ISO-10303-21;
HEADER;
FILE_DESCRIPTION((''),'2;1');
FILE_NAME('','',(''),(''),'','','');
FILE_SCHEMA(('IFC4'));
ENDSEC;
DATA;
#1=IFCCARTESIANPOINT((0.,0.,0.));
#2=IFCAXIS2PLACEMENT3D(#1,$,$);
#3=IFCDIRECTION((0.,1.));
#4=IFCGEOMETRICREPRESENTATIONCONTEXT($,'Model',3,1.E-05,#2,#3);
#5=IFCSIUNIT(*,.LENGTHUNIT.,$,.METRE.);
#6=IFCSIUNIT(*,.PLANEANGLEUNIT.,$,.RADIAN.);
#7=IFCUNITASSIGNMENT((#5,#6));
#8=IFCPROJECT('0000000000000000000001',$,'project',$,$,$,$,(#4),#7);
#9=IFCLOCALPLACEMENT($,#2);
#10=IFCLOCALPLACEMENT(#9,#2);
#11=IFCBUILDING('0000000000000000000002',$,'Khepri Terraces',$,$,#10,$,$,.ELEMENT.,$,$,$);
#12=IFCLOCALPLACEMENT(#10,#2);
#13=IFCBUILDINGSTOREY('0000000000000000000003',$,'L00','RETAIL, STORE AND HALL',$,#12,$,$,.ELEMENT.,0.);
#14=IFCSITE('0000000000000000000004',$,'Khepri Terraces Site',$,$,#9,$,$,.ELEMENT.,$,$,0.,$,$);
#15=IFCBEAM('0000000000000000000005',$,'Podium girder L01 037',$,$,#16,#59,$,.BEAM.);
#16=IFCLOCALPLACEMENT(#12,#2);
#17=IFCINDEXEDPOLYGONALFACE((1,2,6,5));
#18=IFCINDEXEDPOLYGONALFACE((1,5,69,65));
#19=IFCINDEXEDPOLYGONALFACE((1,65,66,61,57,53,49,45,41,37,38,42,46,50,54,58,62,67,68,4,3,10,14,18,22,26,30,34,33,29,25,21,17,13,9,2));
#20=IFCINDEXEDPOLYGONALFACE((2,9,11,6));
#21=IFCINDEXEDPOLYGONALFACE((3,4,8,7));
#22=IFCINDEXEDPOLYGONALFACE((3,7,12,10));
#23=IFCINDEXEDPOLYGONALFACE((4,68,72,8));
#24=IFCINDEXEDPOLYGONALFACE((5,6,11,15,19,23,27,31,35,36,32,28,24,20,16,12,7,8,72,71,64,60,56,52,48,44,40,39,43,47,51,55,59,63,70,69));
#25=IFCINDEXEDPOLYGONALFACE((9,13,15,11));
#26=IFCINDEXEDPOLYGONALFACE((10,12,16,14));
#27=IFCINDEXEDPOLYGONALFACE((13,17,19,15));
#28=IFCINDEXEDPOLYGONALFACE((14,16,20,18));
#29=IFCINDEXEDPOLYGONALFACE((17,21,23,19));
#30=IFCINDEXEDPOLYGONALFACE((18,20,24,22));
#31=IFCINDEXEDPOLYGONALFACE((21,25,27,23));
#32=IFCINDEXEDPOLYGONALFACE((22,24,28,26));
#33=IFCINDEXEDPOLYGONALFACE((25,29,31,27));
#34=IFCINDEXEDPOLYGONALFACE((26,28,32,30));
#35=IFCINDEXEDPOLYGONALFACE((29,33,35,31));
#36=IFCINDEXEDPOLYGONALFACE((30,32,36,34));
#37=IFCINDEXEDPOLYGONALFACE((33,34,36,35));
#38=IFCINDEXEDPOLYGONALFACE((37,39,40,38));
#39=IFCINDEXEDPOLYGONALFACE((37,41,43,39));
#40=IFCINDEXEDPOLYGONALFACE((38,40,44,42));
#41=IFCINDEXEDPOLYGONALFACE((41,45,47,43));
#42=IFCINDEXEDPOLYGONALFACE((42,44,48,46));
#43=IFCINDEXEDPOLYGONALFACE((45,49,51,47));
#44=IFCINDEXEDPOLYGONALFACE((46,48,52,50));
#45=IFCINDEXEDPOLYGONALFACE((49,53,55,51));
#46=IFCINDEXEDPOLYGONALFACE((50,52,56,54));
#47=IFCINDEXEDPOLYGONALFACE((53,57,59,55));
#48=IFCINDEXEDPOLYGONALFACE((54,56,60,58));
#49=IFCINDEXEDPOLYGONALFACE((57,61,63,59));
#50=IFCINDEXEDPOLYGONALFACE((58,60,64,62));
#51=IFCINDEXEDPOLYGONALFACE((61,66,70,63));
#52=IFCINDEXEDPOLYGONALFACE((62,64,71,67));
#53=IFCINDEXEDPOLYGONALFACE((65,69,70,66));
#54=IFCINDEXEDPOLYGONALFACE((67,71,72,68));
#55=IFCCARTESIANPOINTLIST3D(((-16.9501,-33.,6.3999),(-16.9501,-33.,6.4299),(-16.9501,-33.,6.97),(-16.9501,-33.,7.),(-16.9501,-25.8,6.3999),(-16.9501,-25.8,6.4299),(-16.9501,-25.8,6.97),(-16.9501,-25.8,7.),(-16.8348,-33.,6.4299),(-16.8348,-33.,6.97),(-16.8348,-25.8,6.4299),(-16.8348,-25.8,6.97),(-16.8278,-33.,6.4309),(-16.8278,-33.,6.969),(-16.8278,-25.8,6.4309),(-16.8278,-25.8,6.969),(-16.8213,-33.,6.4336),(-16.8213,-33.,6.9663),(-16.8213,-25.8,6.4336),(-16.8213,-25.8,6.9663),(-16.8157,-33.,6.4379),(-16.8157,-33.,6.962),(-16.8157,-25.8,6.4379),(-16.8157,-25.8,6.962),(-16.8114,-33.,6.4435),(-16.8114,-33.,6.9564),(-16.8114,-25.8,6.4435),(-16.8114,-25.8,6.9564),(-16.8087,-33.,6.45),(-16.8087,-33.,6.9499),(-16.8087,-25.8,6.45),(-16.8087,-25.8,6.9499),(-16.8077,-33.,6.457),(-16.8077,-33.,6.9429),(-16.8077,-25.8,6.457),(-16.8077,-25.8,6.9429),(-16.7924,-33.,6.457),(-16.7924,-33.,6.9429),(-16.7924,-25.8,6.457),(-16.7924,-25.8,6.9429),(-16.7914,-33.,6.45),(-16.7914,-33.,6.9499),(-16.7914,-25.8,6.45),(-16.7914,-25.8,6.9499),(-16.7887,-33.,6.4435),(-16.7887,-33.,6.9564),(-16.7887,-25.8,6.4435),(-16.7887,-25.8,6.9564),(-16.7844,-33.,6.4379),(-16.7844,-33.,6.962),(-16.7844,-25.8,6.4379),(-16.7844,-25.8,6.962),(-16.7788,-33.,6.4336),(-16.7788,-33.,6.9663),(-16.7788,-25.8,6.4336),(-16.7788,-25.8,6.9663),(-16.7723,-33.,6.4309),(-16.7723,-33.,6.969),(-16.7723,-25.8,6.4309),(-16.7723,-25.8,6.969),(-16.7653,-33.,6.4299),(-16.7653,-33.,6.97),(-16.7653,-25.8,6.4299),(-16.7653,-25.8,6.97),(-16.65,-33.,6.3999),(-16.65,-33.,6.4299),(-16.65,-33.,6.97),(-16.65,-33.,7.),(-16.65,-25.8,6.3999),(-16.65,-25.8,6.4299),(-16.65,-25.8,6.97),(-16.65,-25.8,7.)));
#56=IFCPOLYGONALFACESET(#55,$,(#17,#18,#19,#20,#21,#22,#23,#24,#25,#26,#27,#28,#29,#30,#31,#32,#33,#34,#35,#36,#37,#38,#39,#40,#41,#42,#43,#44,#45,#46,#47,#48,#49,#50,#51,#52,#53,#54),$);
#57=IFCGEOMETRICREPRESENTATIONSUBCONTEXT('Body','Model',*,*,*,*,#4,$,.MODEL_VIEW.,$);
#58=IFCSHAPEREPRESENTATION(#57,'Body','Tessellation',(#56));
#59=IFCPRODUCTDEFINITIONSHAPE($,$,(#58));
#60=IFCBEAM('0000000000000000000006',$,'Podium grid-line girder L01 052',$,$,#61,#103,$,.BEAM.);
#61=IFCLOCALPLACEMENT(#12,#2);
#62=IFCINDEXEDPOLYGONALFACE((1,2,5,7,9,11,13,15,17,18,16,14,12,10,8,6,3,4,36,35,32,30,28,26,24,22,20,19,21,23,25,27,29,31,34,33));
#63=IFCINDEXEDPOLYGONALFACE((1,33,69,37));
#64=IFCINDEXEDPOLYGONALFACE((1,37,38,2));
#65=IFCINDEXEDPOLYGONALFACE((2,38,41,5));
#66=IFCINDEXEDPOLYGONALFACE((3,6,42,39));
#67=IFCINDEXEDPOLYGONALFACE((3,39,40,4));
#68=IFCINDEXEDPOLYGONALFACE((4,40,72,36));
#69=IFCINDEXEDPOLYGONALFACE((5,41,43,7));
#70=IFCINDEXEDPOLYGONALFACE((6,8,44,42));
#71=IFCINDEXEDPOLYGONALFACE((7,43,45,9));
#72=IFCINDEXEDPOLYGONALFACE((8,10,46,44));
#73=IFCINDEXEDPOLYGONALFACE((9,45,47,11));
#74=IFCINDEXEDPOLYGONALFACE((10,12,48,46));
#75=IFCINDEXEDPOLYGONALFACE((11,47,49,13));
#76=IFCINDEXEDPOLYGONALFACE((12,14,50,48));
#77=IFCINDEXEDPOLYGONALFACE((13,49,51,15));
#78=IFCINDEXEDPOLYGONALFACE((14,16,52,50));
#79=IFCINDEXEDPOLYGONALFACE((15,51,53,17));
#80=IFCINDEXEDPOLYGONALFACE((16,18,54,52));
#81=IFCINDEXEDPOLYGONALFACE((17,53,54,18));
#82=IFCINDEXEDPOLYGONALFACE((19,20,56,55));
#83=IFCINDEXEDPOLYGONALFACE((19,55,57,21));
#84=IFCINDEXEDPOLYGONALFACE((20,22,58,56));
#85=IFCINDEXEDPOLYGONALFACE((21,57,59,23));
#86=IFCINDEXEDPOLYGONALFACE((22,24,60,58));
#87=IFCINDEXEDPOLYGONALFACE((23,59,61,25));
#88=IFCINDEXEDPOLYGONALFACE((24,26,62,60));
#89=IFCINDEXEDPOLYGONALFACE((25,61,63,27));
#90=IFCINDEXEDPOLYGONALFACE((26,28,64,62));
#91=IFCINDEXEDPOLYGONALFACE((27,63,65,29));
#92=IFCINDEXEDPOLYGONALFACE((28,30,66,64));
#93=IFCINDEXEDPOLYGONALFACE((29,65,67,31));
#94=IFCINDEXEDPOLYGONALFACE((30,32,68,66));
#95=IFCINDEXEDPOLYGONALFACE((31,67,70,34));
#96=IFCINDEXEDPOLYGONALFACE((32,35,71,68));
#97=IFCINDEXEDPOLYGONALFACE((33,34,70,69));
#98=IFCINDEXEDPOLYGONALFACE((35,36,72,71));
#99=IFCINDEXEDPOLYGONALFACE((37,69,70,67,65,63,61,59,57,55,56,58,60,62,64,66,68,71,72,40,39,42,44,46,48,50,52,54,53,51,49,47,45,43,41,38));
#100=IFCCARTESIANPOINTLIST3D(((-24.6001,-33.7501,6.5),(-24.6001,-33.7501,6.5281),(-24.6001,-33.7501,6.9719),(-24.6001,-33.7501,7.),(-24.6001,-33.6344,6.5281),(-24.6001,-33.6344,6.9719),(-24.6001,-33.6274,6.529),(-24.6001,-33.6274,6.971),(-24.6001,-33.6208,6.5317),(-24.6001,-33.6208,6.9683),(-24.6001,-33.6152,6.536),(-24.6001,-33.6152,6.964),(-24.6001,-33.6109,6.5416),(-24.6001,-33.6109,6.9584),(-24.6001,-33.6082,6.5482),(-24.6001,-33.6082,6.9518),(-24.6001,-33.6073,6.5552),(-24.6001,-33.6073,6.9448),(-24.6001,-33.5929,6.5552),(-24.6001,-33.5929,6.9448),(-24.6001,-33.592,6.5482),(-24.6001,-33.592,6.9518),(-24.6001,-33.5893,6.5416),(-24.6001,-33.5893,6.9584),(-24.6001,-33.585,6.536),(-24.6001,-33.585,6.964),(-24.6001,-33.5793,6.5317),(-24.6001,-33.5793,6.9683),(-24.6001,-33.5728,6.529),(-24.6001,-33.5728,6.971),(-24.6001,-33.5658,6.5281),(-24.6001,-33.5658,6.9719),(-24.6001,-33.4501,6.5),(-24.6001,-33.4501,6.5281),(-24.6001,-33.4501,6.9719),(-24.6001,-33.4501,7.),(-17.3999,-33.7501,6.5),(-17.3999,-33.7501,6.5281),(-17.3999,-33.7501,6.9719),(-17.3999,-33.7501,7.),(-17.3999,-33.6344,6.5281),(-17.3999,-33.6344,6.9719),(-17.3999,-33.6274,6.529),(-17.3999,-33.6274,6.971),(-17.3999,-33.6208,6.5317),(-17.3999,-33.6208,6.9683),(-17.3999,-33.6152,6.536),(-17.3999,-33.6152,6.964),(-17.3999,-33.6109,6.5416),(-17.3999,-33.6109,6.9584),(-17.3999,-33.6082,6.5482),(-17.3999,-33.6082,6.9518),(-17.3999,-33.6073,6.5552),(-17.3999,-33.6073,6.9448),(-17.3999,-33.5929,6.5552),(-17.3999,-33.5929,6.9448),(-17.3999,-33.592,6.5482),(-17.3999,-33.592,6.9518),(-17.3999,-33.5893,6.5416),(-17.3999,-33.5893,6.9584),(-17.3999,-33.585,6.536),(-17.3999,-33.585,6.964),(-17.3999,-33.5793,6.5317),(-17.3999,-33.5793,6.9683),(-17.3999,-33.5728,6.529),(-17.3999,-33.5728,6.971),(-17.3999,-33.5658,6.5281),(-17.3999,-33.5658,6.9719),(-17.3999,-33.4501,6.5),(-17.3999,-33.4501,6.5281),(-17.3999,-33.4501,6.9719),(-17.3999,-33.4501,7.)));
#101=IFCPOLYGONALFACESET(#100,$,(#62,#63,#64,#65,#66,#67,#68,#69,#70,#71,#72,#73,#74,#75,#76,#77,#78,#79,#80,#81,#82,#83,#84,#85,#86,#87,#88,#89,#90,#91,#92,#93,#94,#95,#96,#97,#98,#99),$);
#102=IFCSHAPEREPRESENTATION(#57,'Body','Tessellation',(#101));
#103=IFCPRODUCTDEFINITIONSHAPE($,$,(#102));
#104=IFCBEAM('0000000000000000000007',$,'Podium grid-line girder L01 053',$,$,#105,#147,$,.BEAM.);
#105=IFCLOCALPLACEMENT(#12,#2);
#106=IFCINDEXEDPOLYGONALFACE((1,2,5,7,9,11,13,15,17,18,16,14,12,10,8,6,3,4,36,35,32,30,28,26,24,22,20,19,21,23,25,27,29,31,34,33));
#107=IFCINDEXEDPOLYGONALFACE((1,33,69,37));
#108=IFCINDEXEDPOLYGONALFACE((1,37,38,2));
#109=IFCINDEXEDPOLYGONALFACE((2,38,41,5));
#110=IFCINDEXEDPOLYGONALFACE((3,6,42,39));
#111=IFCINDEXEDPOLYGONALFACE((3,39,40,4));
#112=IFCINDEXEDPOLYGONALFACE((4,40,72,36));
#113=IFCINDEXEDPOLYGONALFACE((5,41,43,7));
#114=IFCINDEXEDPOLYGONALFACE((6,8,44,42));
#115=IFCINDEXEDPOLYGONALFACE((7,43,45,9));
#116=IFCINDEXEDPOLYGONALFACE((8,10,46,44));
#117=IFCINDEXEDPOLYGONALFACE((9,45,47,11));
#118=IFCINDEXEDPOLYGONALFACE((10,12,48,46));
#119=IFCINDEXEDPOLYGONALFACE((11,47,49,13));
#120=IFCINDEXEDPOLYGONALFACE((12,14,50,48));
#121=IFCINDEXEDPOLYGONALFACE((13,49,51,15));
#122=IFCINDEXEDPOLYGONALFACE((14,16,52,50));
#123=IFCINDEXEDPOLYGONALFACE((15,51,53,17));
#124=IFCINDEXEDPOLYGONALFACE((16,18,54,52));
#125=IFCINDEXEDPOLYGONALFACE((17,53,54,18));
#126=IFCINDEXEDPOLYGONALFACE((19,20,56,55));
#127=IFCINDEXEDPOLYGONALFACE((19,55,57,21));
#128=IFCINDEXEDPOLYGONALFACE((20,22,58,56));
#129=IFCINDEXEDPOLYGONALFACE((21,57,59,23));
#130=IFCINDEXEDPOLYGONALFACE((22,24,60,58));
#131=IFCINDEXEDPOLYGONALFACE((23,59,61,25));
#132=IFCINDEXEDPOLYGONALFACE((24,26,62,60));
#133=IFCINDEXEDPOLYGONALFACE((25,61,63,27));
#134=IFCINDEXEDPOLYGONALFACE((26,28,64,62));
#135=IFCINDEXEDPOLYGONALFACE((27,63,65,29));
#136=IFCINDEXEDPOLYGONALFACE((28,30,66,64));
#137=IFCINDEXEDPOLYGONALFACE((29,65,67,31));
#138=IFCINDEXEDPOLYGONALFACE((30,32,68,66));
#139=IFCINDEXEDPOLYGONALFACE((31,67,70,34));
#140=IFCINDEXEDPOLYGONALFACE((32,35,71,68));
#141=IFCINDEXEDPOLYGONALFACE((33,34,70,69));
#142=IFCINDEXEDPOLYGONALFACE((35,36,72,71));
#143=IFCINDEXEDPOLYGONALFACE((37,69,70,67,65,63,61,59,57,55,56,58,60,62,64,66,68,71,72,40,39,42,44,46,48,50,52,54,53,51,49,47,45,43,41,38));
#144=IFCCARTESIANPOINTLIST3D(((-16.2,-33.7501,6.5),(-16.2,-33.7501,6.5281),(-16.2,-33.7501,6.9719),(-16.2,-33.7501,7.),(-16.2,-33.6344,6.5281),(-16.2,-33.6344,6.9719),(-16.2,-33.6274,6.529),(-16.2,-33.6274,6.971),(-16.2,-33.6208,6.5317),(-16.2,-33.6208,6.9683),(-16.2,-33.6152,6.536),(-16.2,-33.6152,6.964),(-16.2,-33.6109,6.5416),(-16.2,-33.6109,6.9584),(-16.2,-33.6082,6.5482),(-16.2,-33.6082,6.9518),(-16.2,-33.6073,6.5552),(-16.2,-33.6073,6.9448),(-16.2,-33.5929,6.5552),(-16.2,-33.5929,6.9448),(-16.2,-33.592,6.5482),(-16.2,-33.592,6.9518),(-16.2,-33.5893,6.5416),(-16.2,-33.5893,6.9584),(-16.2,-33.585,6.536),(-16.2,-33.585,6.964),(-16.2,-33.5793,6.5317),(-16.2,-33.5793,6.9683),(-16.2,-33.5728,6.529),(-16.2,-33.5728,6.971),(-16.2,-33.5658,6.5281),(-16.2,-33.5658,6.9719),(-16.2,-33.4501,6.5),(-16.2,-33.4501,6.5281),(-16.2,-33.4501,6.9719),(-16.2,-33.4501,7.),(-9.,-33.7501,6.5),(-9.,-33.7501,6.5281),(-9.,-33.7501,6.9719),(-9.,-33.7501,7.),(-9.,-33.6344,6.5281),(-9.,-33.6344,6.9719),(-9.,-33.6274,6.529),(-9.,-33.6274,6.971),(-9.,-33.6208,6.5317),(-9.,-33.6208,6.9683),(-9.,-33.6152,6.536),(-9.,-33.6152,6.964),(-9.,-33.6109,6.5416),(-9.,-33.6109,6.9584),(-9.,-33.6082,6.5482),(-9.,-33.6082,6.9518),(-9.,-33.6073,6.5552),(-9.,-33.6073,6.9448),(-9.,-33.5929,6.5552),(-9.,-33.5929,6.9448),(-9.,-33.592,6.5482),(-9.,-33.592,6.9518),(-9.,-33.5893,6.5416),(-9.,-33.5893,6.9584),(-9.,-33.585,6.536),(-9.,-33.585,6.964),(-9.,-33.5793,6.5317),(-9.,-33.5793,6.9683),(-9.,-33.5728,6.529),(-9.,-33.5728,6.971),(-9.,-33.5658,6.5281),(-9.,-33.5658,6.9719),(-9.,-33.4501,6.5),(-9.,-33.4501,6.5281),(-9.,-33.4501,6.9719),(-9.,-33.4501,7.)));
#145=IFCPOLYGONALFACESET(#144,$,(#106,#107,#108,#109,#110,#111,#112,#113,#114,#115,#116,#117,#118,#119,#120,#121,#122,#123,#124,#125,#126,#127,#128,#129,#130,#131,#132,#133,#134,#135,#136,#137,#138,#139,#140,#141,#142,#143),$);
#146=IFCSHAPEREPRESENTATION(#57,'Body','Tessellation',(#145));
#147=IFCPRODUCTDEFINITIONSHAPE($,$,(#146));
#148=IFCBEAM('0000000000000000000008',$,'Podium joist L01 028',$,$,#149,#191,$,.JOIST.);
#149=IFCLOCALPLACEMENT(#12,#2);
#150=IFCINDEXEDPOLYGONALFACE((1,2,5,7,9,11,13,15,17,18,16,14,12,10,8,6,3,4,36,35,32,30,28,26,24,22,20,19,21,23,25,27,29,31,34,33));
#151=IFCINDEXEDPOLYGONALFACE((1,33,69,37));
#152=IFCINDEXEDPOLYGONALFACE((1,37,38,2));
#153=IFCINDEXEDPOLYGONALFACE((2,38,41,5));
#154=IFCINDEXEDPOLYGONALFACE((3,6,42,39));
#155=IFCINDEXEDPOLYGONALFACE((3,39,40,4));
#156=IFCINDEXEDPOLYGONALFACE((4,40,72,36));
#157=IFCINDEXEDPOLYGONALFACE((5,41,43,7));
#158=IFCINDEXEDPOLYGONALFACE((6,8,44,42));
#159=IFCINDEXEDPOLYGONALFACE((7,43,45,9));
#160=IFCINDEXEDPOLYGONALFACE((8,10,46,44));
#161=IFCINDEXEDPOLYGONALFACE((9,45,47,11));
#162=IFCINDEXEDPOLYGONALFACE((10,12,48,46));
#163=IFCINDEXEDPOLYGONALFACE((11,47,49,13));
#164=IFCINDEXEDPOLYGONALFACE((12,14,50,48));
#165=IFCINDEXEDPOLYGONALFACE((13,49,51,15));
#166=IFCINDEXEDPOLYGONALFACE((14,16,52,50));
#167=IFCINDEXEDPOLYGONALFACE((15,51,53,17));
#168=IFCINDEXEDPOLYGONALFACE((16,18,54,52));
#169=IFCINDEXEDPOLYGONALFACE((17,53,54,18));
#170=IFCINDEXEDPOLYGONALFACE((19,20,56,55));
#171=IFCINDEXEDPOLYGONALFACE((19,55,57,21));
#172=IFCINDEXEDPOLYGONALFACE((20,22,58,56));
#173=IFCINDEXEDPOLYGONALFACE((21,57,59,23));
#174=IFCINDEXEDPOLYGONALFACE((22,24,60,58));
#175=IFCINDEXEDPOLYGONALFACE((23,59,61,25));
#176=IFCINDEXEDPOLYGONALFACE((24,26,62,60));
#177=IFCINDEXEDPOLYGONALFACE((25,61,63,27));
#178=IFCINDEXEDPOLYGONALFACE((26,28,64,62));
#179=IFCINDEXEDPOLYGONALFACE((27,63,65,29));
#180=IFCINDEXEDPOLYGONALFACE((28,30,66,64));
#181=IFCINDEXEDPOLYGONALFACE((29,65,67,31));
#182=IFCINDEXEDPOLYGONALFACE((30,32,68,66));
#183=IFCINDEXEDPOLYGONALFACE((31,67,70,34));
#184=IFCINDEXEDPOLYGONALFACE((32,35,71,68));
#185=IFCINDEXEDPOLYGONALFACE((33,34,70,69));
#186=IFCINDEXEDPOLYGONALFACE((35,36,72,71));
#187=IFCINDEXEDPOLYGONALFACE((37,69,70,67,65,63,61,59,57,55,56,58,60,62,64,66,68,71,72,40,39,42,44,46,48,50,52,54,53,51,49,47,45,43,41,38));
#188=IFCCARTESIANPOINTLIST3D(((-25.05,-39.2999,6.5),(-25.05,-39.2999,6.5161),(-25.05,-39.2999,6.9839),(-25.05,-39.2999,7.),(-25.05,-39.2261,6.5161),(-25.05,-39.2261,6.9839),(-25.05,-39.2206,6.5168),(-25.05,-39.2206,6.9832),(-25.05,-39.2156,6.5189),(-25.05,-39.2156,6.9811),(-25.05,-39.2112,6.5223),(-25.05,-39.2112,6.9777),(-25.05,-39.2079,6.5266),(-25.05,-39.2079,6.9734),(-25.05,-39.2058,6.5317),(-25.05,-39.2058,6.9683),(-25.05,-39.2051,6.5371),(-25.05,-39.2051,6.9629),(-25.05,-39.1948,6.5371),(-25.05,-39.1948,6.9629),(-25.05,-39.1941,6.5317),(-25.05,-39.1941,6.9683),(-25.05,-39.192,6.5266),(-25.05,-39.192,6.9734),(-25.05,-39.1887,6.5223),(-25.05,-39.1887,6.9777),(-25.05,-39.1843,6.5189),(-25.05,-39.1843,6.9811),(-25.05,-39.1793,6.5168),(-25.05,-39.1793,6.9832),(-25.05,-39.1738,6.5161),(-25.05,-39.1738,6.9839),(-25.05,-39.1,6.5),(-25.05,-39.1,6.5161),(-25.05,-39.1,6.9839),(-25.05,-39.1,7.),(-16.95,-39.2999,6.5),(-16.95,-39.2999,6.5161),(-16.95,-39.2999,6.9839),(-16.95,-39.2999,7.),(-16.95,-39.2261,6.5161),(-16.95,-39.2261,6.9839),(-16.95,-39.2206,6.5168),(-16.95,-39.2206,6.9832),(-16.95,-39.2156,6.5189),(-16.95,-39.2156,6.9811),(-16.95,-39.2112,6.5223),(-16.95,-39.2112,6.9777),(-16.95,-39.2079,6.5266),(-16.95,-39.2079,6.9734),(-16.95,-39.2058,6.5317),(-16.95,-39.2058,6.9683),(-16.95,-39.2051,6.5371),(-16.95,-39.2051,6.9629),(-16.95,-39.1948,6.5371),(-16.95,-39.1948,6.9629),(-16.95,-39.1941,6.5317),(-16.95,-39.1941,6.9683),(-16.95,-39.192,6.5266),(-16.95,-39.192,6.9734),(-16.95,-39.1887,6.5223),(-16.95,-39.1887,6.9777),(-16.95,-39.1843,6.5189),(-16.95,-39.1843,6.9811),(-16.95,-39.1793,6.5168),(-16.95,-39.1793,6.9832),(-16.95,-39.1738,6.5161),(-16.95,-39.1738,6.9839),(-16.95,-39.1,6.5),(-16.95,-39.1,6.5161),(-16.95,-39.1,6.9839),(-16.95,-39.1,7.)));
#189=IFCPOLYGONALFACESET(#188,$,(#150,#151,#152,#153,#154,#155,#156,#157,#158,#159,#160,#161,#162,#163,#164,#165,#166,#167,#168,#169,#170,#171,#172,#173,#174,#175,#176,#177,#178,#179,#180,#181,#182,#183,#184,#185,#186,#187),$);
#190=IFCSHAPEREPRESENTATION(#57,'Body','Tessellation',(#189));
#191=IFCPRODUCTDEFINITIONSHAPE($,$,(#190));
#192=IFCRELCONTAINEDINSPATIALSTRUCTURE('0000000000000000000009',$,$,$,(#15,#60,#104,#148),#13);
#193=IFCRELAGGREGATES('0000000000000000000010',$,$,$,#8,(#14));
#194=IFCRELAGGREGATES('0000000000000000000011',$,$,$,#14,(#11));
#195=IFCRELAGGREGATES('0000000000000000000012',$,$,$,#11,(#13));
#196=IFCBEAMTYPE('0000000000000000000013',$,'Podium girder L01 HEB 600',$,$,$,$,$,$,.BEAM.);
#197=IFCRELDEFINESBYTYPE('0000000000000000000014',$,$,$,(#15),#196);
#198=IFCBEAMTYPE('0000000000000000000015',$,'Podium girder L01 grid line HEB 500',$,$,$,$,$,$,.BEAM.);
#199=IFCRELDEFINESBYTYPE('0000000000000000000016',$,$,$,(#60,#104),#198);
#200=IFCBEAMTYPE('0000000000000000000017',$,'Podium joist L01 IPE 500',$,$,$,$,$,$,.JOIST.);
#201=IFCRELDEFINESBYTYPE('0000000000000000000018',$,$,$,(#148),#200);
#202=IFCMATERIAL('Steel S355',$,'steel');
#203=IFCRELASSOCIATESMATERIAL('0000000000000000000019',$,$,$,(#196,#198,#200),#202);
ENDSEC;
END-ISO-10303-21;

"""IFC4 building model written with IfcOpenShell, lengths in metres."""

from ifc_helpers import new_model, si_unit, direction, frame, origin, origin_2d, place, context, subcontext, project, spatial, i_section, extrude, material, material_profile, profile_set, type_object, element, save


model = new_model("IFC4")

# Units and contexts
model_context = context("Model", 3, precision=1e-05, world=origin(), true_north=direction((0.0, 1.0)))
body_context = subcontext(model_context, "Body", "Model", "MODEL_VIEW")
ifc_project = project(units=[si_unit("LENGTHUNIT", "METRE"), si_unit("PLANEANGLEUNIT", "RADIAN")], contexts=[model_context])

# Site, building, storey
site_placement = place(None, origin())
site = spatial("IfcSite", under=ifc_project, at=site_placement, Name="Khepri Terraces Site", CompositionType="ELEMENT", RefElevation=0.0)
building_placement = place(site_placement, origin())
building = spatial("IfcBuilding", under=site, at=building_placement, Name="Khepri Terraces", CompositionType="ELEMENT")
storey_placement = place(building_placement, origin())
storey = spatial("IfcBuildingStorey", under=building, at=storey_placement, Name="L00", Description="RETAIL, STORE AND HALL", CompositionType="ELEMENT", Elevation=0.0)

# Beams
ifc_material_1 = material(Name="Steel S355", Category="steel")
ifc_material_profile_1 = material_profile(ifc_material_1, i_section(OverallWidth=0.3, OverallDepth=0.6001, WebThickness=0.0154, FlangeThickness=0.03, FilletRadius=0.0271, at=origin_2d()), Name="Steel S355", Category="steel")
ifc_profile_set_1 = profile_set([ifc_material_profile_1], Name="Steel S355")
beam_type_1 = type_object("IfcBeamType", Name="Podium girder L01 HEB 600", PredefinedType="BEAM", material=ifc_profile_set_1)
for number, where, z_axis, x_axis, name in (
    (1, (-16.8, -33.0, 6.7), (0.0, 1.0, 0.0), (-1.0, 0.0, 0.0), "Podium girder L01 037"),
):
    element("IfcBeam", number, at=place(storey_placement, frame(where, z_axis=z_axis, x_axis=x_axis)), inside=storey, type_object=beam_type_1, Name=name, PredefinedType="BEAM", context=body_context, shape_type="SweptSolid", body=[
        extrude(i_section(OverallWidth=0.3, OverallDepth=0.6001, WebThickness=0.0154, FlangeThickness=0.03, FilletRadius=0.0271, at=origin_2d()), origin(), (0.0, 0.0, 1.0), 7.2),
    ])
ifc_material_profile_2 = material_profile(ifc_material_1, i_section(OverallWidth=0.3, OverallDepth=0.5, WebThickness=0.0144, FlangeThickness=0.0281, FilletRadius=0.0271, at=origin_2d()), Name="Steel S355", Category="steel")
ifc_profile_set_2 = profile_set([ifc_material_profile_2], Name="Steel S355")
beam_type_2 = type_object("IfcBeamType", Name="Podium girder L01 grid line HEB 500", PredefinedType="BEAM", material=ifc_profile_set_2)
beam_1_placement = place(storey_placement, frame((-24.6001, -33.6001, 6.75), z_axis=(1.0, 0.0, 0.0), x_axis=(0.0, 1.0, 0.0)))
element("IfcBeam", 2, at=beam_1_placement, inside=storey, type_object=beam_type_2, Name="Podium grid-line girder L01 052", PredefinedType="BEAM", context=body_context, shape_type="SweptSolid", body=[
    extrude(i_section(OverallWidth=0.3, OverallDepth=0.5, WebThickness=0.0144, FlangeThickness=0.0281, FilletRadius=0.0271, at=origin_2d()), origin(), (0.0, 0.0, 1.0), 7.2002),
])
beam_2_placement = place(storey_placement, frame((-16.2, -33.6001, 6.75), z_axis=(1.0, 0.0, 0.0), x_axis=(0.0, 1.0, 0.0)))
element("IfcBeam", 3, at=beam_2_placement, inside=storey, type_object=beam_type_2, Name="Podium grid-line girder L01 053", PredefinedType="BEAM", context=body_context, shape_type="SweptSolid", body=[
    extrude(i_section(OverallWidth=0.3, OverallDepth=0.5, WebThickness=0.0144, FlangeThickness=0.0281, FilletRadius=0.0271, at=origin_2d()), origin(), (0.0, 0.0, 1.0), 7.2),
])
ifc_material_profile_3 = material_profile(ifc_material_1, i_section(OverallWidth=0.2, OverallDepth=0.5, WebThickness=0.0103, FlangeThickness=0.0161, FilletRadius=0.021, at=origin_2d()), Name="Steel S355", Category="steel")
ifc_profile_set_3 = profile_set([ifc_material_profile_3], Name="Steel S355")
beam_type_3 = type_object("IfcBeamType", Name="Podium joist L01 IPE 500", PredefinedType="JOIST", material=ifc_profile_set_3)
beam_3_placement = place(storey_placement, frame((-25.05, -39.2, 6.75), z_axis=(1.0, 0.0, 0.0), x_axis=(0.0, 1.0, 0.0)))
element("IfcBeam", 4, at=beam_3_placement, inside=storey, type_object=beam_type_3, Name="Podium joist L01 028", PredefinedType="JOIST", context=body_context, shape_type="SweptSolid", body=[
    extrude(i_section(OverallWidth=0.2, OverallDepth=0.5, WebThickness=0.0103, FlangeThickness=0.0161, FilletRadius=0.021, at=origin_2d()), origin(), (0.0, 0.0, 1.0), 8.1001),
])

save(model, "model.ifc")
